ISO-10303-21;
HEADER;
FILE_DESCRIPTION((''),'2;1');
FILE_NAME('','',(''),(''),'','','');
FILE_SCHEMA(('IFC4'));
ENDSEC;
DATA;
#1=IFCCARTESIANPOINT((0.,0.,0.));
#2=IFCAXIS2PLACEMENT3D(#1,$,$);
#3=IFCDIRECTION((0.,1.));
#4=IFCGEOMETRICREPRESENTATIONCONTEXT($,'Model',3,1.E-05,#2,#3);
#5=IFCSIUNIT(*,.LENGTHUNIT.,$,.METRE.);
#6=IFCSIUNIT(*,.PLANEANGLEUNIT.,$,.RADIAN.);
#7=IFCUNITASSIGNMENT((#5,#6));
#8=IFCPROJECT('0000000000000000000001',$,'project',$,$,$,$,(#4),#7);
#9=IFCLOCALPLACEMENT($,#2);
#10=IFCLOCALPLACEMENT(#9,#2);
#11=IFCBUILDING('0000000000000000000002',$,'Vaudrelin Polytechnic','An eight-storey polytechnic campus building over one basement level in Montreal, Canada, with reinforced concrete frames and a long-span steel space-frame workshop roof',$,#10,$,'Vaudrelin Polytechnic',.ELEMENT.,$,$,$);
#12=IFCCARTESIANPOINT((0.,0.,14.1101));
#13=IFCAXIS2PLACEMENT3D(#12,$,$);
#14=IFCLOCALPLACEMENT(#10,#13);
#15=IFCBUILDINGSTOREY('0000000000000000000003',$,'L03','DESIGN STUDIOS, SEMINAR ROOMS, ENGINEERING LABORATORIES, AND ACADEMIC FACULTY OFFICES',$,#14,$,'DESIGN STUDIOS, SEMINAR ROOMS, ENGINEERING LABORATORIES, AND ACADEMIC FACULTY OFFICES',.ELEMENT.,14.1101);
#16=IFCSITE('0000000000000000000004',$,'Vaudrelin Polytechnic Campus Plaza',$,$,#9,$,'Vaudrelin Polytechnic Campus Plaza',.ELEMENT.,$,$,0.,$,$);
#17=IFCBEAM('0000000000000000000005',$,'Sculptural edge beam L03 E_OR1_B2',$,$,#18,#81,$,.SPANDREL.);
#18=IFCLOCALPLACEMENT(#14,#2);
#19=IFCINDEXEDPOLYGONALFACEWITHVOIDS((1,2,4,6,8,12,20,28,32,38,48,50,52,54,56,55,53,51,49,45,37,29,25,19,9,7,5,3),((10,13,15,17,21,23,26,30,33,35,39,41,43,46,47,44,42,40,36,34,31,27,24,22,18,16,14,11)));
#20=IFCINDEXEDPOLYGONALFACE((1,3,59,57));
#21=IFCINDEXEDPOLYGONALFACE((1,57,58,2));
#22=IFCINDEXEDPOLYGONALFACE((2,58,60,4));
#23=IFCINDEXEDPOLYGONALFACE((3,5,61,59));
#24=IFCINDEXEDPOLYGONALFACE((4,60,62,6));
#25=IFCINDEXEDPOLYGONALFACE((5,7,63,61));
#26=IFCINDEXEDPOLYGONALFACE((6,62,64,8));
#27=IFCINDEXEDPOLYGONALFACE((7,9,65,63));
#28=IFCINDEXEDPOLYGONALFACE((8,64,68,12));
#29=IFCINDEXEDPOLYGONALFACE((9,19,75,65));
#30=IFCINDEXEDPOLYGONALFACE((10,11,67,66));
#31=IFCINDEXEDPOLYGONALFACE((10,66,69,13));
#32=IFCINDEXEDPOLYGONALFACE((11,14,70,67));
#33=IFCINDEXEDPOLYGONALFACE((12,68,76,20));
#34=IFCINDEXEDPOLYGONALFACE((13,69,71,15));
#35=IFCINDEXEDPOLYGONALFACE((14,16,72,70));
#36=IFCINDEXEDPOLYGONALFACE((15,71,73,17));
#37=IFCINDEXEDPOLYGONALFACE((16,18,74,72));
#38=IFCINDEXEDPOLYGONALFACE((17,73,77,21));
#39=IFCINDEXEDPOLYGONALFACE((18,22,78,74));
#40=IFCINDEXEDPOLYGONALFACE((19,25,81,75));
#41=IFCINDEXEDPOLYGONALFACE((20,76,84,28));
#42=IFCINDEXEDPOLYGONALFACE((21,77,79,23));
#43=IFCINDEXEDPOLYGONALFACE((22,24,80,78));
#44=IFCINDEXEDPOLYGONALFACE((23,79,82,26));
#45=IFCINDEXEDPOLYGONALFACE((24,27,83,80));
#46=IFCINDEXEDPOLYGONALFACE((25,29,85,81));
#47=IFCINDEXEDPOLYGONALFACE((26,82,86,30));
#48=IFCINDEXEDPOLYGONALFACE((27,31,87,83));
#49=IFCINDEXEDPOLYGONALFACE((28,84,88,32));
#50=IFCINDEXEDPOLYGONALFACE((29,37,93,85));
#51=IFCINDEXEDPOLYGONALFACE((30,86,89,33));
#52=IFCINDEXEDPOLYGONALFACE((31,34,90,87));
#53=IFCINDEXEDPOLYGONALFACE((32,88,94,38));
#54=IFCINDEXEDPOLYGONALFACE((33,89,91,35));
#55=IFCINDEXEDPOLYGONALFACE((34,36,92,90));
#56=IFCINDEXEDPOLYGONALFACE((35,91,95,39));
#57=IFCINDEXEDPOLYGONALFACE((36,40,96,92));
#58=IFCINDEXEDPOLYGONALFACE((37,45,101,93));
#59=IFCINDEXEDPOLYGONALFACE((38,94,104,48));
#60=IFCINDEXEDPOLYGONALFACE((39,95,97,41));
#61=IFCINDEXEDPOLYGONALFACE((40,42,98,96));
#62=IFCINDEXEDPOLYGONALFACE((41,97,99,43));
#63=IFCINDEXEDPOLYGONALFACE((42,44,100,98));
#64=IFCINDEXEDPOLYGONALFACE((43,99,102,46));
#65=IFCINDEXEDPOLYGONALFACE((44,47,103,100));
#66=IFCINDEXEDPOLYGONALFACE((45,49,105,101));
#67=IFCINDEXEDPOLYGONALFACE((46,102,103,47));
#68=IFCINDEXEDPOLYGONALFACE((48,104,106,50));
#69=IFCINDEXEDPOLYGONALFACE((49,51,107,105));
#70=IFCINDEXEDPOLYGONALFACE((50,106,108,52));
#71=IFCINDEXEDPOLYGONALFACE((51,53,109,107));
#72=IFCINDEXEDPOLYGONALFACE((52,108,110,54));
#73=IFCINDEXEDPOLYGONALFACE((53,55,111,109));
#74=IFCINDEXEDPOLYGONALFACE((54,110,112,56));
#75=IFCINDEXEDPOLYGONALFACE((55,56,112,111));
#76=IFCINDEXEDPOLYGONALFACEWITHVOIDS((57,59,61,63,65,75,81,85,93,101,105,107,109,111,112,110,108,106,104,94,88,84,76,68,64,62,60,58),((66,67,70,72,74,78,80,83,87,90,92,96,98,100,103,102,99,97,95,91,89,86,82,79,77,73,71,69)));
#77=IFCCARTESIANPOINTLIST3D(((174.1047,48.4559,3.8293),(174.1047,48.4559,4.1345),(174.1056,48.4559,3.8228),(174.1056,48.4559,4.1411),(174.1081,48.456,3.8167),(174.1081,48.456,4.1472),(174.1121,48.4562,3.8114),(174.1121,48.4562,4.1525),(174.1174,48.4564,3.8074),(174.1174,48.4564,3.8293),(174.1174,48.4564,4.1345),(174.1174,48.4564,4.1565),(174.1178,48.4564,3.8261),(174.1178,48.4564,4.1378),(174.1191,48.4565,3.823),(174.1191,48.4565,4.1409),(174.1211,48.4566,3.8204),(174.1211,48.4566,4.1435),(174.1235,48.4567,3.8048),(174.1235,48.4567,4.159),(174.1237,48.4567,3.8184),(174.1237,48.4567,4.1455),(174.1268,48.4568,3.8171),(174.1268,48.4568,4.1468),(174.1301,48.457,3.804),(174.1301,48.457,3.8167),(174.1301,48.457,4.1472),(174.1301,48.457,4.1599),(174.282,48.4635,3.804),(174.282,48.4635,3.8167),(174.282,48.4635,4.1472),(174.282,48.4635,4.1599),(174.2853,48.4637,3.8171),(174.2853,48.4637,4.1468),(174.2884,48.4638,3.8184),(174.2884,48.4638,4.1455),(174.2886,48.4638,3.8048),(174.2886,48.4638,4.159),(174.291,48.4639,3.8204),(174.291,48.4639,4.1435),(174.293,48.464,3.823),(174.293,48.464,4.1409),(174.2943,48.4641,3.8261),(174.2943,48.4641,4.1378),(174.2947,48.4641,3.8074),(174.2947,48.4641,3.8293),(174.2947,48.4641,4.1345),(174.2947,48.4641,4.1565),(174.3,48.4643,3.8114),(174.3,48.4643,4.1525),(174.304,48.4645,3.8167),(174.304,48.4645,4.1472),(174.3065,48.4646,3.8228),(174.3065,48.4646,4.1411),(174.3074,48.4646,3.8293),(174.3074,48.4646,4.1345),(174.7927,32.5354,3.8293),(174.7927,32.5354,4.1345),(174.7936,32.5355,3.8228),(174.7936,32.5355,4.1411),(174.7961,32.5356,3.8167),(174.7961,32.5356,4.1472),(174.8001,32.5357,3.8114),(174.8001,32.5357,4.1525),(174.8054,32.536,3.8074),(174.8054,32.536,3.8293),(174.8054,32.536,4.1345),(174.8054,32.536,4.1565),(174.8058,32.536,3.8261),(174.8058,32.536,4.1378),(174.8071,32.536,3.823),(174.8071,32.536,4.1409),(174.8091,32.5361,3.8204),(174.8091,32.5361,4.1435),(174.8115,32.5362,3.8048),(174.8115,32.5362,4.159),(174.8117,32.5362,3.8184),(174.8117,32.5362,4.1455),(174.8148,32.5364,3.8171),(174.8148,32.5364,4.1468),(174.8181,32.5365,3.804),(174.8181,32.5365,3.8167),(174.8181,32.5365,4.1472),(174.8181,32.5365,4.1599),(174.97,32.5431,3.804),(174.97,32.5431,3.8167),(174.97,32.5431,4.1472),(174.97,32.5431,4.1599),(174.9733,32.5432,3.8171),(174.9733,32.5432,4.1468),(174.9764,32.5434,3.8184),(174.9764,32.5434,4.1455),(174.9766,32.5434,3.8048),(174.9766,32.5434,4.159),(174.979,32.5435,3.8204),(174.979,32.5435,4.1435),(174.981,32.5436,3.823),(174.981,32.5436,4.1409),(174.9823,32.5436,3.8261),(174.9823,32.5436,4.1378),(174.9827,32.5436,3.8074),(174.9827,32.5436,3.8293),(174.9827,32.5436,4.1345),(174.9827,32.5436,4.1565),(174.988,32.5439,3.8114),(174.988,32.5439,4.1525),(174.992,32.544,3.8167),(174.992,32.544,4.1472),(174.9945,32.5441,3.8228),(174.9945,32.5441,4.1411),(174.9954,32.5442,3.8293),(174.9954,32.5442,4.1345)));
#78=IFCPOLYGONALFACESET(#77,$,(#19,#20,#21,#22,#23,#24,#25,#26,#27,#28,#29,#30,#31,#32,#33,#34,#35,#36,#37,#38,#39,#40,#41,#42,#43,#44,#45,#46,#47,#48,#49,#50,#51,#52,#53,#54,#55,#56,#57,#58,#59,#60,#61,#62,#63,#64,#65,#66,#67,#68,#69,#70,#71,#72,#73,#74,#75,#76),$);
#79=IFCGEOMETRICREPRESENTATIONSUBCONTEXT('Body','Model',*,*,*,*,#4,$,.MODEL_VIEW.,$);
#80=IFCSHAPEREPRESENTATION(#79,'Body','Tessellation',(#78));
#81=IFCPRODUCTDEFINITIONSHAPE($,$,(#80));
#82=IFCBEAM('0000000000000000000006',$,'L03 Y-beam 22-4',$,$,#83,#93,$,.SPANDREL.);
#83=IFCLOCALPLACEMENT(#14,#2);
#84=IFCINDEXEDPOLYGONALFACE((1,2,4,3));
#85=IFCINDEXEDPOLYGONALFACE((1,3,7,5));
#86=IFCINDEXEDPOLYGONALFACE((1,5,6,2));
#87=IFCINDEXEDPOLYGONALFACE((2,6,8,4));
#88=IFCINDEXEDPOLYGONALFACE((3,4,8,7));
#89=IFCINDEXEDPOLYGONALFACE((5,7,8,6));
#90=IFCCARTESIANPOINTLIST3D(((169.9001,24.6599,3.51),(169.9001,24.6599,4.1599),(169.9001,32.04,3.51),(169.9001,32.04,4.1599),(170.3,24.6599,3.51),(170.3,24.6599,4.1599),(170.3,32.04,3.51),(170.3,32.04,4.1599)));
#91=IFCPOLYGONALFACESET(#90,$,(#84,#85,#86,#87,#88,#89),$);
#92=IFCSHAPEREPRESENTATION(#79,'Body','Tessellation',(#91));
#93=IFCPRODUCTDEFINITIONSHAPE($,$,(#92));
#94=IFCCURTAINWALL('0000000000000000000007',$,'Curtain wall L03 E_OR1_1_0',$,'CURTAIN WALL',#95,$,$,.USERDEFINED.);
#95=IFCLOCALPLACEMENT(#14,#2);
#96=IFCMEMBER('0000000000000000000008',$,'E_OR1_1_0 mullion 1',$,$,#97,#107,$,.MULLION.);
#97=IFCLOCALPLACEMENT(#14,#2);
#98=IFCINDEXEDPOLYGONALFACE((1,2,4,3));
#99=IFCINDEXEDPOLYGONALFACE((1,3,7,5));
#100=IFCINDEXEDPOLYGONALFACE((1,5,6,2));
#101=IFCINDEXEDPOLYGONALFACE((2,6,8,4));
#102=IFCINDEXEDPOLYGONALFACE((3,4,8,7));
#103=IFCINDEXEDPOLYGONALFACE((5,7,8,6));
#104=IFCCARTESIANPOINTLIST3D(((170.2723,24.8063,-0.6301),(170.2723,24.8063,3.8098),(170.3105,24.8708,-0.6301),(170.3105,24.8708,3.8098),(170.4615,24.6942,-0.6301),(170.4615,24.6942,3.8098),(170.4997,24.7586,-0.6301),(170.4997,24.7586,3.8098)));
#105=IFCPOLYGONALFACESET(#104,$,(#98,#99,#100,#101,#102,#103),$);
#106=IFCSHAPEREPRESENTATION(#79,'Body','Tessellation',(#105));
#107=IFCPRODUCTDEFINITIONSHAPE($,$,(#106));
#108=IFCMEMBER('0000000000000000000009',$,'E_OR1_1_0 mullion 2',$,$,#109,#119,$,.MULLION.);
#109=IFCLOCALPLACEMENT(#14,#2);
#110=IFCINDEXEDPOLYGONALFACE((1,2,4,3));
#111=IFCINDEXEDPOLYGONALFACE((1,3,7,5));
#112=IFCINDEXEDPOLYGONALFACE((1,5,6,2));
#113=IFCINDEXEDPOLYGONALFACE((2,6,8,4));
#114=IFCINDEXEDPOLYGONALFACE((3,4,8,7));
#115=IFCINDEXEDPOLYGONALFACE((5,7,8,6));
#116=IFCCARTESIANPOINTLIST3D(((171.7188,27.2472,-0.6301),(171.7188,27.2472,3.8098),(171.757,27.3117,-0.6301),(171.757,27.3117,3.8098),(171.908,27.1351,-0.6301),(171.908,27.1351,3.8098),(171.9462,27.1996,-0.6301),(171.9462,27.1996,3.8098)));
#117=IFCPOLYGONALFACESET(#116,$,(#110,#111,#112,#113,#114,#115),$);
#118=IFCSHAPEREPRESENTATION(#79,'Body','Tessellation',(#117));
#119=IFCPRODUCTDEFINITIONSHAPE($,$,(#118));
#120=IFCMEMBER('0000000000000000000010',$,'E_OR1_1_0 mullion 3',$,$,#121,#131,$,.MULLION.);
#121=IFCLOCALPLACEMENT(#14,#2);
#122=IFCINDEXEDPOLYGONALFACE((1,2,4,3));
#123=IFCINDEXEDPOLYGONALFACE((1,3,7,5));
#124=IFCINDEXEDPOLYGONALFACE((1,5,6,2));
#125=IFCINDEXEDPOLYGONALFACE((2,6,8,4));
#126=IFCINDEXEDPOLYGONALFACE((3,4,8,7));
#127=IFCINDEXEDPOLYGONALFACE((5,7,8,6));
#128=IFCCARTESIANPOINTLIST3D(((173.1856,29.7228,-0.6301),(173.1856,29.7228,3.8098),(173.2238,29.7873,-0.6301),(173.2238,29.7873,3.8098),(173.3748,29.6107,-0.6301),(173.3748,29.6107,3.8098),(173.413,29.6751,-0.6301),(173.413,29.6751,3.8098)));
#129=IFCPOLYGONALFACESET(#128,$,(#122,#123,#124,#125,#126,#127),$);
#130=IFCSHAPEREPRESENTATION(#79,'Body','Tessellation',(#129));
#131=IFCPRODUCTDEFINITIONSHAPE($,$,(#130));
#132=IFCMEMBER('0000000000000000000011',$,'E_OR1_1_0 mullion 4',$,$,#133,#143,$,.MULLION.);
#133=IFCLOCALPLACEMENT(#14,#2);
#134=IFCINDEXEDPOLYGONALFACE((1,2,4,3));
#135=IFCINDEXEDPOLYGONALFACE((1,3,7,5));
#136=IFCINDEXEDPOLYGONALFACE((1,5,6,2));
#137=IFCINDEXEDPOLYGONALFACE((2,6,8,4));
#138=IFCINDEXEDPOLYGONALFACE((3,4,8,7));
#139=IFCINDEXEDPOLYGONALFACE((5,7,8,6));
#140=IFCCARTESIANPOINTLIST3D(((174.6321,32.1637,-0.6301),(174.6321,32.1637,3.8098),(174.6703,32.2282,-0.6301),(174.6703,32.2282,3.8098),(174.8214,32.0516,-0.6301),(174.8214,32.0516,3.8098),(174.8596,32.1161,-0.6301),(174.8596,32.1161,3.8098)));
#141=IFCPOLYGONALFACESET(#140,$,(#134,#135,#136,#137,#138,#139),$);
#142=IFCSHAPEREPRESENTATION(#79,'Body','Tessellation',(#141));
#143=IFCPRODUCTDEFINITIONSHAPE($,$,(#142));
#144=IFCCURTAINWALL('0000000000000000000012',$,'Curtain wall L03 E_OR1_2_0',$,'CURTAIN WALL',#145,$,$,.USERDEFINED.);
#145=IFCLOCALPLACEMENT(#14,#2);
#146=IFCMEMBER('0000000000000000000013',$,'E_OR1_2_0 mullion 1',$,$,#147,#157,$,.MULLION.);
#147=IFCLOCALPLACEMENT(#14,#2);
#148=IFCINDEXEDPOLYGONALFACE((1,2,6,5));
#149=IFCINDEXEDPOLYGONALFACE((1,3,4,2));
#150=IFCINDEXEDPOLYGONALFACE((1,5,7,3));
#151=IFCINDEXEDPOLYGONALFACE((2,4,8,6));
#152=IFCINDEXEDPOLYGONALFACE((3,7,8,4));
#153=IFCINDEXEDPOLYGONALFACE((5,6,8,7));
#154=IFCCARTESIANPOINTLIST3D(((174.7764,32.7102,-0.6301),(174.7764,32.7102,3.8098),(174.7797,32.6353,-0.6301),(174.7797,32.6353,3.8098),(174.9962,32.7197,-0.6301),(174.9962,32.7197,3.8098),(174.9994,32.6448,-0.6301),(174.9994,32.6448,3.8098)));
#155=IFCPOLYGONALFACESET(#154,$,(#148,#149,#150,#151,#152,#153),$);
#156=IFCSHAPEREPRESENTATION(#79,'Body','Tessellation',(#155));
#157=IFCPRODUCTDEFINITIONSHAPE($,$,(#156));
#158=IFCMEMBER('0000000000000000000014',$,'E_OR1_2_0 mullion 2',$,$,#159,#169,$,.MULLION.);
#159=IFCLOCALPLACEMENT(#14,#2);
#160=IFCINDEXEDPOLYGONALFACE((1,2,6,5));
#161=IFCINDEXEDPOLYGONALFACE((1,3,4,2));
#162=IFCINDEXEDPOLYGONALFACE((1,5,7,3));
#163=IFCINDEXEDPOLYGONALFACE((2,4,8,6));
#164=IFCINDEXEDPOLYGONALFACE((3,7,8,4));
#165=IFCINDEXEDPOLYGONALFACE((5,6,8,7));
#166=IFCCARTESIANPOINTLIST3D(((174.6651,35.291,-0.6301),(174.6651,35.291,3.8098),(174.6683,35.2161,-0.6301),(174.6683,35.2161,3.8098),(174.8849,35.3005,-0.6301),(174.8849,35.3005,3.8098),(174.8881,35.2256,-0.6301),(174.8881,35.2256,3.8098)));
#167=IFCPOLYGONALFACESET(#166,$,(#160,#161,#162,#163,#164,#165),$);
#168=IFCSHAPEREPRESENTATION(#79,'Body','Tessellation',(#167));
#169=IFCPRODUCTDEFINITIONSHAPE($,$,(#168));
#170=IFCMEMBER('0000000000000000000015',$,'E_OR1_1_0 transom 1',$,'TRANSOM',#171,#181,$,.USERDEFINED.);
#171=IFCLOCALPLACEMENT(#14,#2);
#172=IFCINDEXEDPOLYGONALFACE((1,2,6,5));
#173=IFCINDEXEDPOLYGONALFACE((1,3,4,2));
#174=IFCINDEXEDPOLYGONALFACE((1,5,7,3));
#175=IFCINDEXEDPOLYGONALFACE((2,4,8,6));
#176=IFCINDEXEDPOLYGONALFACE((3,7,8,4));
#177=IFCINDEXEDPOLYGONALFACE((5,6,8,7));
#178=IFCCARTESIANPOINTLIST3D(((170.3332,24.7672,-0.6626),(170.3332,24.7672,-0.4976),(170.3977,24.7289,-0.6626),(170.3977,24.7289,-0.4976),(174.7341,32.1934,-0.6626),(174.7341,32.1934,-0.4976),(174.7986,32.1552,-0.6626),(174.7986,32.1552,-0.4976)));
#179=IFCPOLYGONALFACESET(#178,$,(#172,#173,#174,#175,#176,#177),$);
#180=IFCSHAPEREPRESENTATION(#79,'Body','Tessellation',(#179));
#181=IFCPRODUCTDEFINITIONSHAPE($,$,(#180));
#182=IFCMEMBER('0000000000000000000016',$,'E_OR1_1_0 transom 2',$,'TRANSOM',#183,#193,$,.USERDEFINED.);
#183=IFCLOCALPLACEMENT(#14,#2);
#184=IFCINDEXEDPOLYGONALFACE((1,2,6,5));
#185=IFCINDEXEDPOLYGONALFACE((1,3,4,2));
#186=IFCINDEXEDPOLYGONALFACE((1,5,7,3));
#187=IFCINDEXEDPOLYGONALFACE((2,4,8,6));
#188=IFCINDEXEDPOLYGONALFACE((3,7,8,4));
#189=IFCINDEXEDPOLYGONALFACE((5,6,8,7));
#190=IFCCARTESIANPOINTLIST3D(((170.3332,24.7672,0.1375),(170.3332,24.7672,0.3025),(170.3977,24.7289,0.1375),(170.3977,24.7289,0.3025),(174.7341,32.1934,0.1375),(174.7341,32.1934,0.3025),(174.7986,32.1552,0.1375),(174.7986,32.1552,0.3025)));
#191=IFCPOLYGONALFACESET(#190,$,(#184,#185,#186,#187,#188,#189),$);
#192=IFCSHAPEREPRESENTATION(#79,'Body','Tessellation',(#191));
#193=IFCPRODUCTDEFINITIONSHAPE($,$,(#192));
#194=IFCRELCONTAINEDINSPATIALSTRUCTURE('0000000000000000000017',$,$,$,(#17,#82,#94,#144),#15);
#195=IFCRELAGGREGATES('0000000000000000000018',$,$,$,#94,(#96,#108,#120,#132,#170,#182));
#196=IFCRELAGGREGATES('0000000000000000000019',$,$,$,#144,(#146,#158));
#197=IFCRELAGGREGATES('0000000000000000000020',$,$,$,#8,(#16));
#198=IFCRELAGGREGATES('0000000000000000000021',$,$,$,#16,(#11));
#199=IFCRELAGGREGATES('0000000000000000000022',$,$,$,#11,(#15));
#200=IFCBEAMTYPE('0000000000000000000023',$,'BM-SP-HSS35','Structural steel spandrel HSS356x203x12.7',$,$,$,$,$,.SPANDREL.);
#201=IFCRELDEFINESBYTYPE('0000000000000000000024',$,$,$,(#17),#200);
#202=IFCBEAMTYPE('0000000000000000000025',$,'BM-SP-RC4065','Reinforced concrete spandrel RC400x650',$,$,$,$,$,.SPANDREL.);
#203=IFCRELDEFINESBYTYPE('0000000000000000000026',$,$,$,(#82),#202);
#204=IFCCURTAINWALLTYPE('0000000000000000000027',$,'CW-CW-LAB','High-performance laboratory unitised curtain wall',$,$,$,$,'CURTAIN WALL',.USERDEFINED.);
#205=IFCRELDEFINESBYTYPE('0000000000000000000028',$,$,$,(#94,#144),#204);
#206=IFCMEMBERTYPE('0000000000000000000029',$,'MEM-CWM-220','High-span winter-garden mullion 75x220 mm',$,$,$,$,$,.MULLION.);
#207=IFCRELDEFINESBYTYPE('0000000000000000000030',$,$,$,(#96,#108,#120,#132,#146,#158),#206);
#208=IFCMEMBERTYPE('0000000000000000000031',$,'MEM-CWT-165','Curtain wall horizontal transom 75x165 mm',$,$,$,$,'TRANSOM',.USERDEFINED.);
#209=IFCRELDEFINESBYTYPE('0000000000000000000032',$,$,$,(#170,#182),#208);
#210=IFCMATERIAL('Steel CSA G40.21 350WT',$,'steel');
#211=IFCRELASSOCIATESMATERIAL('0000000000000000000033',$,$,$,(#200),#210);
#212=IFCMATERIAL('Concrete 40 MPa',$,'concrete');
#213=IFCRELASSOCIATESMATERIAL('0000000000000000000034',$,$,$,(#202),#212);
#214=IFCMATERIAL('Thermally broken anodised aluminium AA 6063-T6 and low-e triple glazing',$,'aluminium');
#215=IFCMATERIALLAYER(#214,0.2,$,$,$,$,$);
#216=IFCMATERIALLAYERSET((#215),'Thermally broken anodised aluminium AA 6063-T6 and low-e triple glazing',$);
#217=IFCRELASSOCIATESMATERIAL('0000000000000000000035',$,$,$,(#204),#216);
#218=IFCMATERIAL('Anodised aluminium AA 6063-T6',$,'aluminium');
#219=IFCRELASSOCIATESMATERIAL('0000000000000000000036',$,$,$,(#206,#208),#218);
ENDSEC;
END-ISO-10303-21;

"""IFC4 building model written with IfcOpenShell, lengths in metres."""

from ifc_helpers import new_model, si_unit, direction, frame, origin, origin_2d, place, context, subcontext, project, spatial, rectangle, hollow_rectangle, extrude, material, layer, layer_set, material_profile, profile_set, type_object, element, aggregate, save


model = new_model("IFC4")

# Units and contexts
model_context = context("Model", 3, precision=1e-05, world=origin(), true_north=direction((0.0, 1.0)))
body_context = subcontext(model_context, "Body", "Model", "MODEL_VIEW")
ifc_project = project(units=[si_unit("LENGTHUNIT", "METRE"), si_unit("PLANEANGLEUNIT", "RADIAN")], contexts=[model_context])

# Site, building, storey
site_placement = place(None, origin())
site = spatial("IfcSite", under=ifc_project, at=site_placement, Name="Vaudrelin Polytechnic Campus Plaza", LongName="Vaudrelin Polytechnic Campus Plaza", CompositionType="ELEMENT", RefElevation=0.0)
building_placement = place(site_placement, origin())
building = spatial("IfcBuilding", under=site, at=building_placement, Name="Vaudrelin Polytechnic", Description="An eight-storey polytechnic campus building over one basement level in Montreal, Canada, with reinforced concrete frames and a long-span steel space-frame workshop roof", LongName="Vaudrelin Polytechnic", CompositionType="ELEMENT")
storey_placement = place(building_placement, frame((0.0, 0.0, 14.1101)))
storey = spatial("IfcBuildingStorey", under=building, at=storey_placement, Name="L03", Description="DESIGN STUDIOS, SEMINAR ROOMS, ENGINEERING LABORATORIES, AND ACADEMIC FACULTY OFFICES", LongName="DESIGN STUDIOS, SEMINAR ROOMS, ENGINEERING LABORATORIES, AND ACADEMIC FACULTY OFFICES", CompositionType="ELEMENT", Elevation=14.1101)

# Shared definitions
ifc_material_1 = material(Name="Steel CSA G40.21 350WT", Category="steel")

# Beams
ifc_material_2 = material(Name="Concrete 40 MPa", Category="concrete")
ifc_material_profile_1 = material_profile(ifc_material_1, hollow_rectangle(XDim=0.2029, YDim=0.356, WallThickness=0.0127, InnerFilletRadius=0.0127, OuterFilletRadius=0.0254, at=origin_2d()), Name="HSS356x203x12.7")
ifc_profile_set_1 = profile_set([ifc_material_profile_1], Name="Steel CSA G40.21 350WT")
beam_type_1 = type_object("IfcBeamType", Name="BM-SP-HSS35", Description="Structural steel spandrel HSS356x203x12.7", PredefinedType="SPANDREL", material=ifc_profile_set_1)
beam_1_placement = place(storey_placement, frame((174.894, 32.5398, 3.9819), z_axis=(-0.043174, 0.999068, 0.0), x_axis=(-0.999068, -0.043174, 0.0)))
element("IfcBeam", 1, at=beam_1_placement, inside=storey, type_object=beam_type_1, Name="Sculptural edge beam L03 E_OR1_B2", PredefinedType="SPANDREL", context=body_context, shape_type="SweptSolid", body=[
    extrude(hollow_rectangle(XDim=0.2029, YDim=0.356, WallThickness=0.0127, InnerFilletRadius=0.0127, OuterFilletRadius=0.0254, at=origin_2d()), origin(), (0.0, 0.0, 1.0), 15.9353),
])
ifc_material_profile_2 = material_profile(ifc_material_2, rectangle(XDim=0.3999, YDim=0.6499, at=origin_2d()), Name="RC400x650")
ifc_profile_set_2 = profile_set([ifc_material_profile_2], Name="Concrete 40 MPa")
beam_type_2 = type_object("IfcBeamType", Name="BM-SP-RC4065", Description="Reinforced concrete spandrel RC400x650", PredefinedType="SPANDREL", material=ifc_profile_set_2)
beam_2_placement = place(storey_placement, frame((170.1001, 24.6599, 3.835), z_axis=(0.0, 1.0, 0.0), x_axis=(-1.0, 0.0, 0.0)))
element("IfcBeam", 2, at=beam_2_placement, inside=storey, type_object=beam_type_2, Name="L03 Y-beam 22-4", PredefinedType="SPANDREL", context=body_context, shape_type="SweptSolid", body=[
    extrude(rectangle(XDim=0.3999, YDim=0.6499, at=origin_2d()), origin(), (0.0, 0.0, 1.0), 7.3801),
])

# Curtain walls, members
ifc_material_3 = material(Name="Thermally broken anodised aluminium AA 6063-T6 and low-e triple glazing", Category="aluminium")
ifc_layer_1 = layer(ifc_material_3, 0.2)
ifc_layer_set_1 = layer_set([ifc_layer_1], Name="Thermally broken anodised aluminium AA 6063-T6 and low-e triple glazing")
curtain_wall_type = type_object("IfcCurtainWallType", Name="CW-CW-LAB", Description="High-performance laboratory unitised curtain wall", ElementType="CURTAIN WALL", PredefinedType="USERDEFINED", material=ifc_layer_set_1)
curtain_wall_1_placement = place(storey_placement, origin())
curtain_wall_1 = element("IfcCurtainWall", 3, at=curtain_wall_1_placement, inside=storey, type_object=curtain_wall_type, Name="Curtain wall L03 E_OR1_1_0", ObjectType="CURTAIN WALL", PredefinedType="USERDEFINED")
ifc_material_4 = material(Name="Anodised aluminium AA 6063-T6", Category="aluminium")
ifc_material_profile_3 = material_profile(ifc_material_4, rectangle(XDim=0.075, YDim=0.22, at=origin_2d()), Name="CWM-75x220")
ifc_profile_set_3 = profile_set([ifc_material_profile_3], Name="Anodised aluminium AA 6063-T6")
member_type_1 = type_object("IfcMemberType", Name="MEM-CWM-220", Description="High-span winter-garden mullion 75x220 mm", PredefinedType="MULLION", material=ifc_profile_set_3)
member_1_placement = place(storey_placement, frame((170.386, 24.7825, -0.6301), z_axis=(0.0, 0.0, 1.0), x_axis=(0.509796, 0.860295, 0.0)))
member_1 = element("IfcMember", 4, at=member_1_placement, type_object=member_type_1, Name="E_OR1_1_0 mullion 1", PredefinedType="MULLION", context=body_context, shape_type="SweptSolid", body=[
    extrude(rectangle(XDim=0.075, YDim=0.22, at=origin_2d()), origin(), (0.0, 0.0, 1.0), 4.4399),
])
member_2_placement = place(storey_placement, frame((171.8325, 27.2234, -0.6301), z_axis=(0.0, 0.0, 1.0), x_axis=(0.509796, 0.860295, 0.0)))
member_2 = element("IfcMember", 5, at=member_2_placement, type_object=member_type_1, Name="E_OR1_1_0 mullion 2", PredefinedType="MULLION", context=body_context, shape_type="SweptSolid", body=[
    extrude(rectangle(XDim=0.075, YDim=0.22, at=origin_2d()), origin(), (0.0, 0.0, 1.0), 4.4399),
])
member_3_placement = place(storey_placement, frame((173.2993, 29.699, -0.6301), z_axis=(0.0, 0.0, 1.0), x_axis=(0.509796, 0.860295, 0.0)))
member_3 = element("IfcMember", 6, at=member_3_placement, type_object=member_type_1, Name="E_OR1_1_0 mullion 3", PredefinedType="MULLION", context=body_context, shape_type="SweptSolid", body=[
    extrude(rectangle(XDim=0.075, YDim=0.22, at=origin_2d()), origin(), (0.0, 0.0, 1.0), 4.4399),
])
member_4_placement = place(storey_placement, frame((174.7458, 32.1399, -0.6301), z_axis=(0.0, 0.0, 1.0), x_axis=(0.509796, 0.860295, 0.0)))
member_4 = element("IfcMember", 7, at=member_4_placement, type_object=member_type_1, Name="E_OR1_1_0 mullion 4", PredefinedType="MULLION", context=body_context, shape_type="SweptSolid", body=[
    extrude(rectangle(XDim=0.075, YDim=0.22, at=origin_2d()), origin(), (0.0, 0.0, 1.0), 4.4399),
])
curtain_wall_2_placement = place(storey_placement, origin())
curtain_wall_2 = element("IfcCurtainWall", 8, at=curtain_wall_2_placement, inside=storey, type_object=curtain_wall_type, Name="Curtain wall L03 E_OR1_2_0", ObjectType="CURTAIN WALL", PredefinedType="USERDEFINED")
member_5_placement = place(storey_placement, frame((174.8879, 32.6775, -0.6301), z_axis=(0.0, 0.0, 1.0), x_axis=(-0.043164, 0.999068, 0.0)))
member_5 = element("IfcMember", 9, at=member_5_placement, type_object=member_type_1, Name="E_OR1_2_0 mullion 1", PredefinedType="MULLION", context=body_context, shape_type="SweptSolid", body=[
    extrude(rectangle(XDim=0.075, YDim=0.22, at=origin_2d()), origin(), (0.0, 0.0, 1.0), 4.4399),
])
member_6_placement = place(storey_placement, frame((174.7766, 35.2583, -0.6301), z_axis=(0.0, 0.0, 1.0), x_axis=(-0.043164, 0.999068, 0.0)))
member_6 = element("IfcMember", 10, at=member_6_placement, type_object=member_type_1, Name="E_OR1_2_0 mullion 2", PredefinedType="MULLION", context=body_context, shape_type="SweptSolid", body=[
    extrude(rectangle(XDim=0.075, YDim=0.22, at=origin_2d()), origin(), (0.0, 0.0, 1.0), 4.4399),
])

# Members
ifc_material_profile_4 = material_profile(ifc_material_4, rectangle(XDim=0.075, YDim=0.165, at=origin_2d()), Name="CWT-75x165")
ifc_profile_set_4 = profile_set([ifc_material_profile_4], Name="Anodised aluminium AA 6063-T6")
member_type_2 = type_object("IfcMemberType", Name="MEM-CWT-165", Description="Curtain wall horizontal transom 75x165 mm", ElementType="TRANSOM", PredefinedType="USERDEFINED", material=ifc_profile_set_4)
member_7_placement = place(storey_placement, frame((170.3655, 24.748, -0.5801), z_axis=(0.509813, 0.860285, 0.0), x_axis=(-0.860285, 0.509813, 0.0)))
member_7 = element("IfcMember", 11, at=member_7_placement, type_object=member_type_2, Name="E_OR1_1_0 transom 1", ObjectType="TRANSOM", PredefinedType="USERDEFINED", context=body_context, shape_type="SweptSolid", body=[
    extrude(rectangle(XDim=0.075, YDim=0.165, at=origin_2d()), origin(), (0.0, 0.0, 1.0), 8.6323),
])
member_8_placement = place(storey_placement, frame((170.3655, 24.748, 0.22), z_axis=(0.509813, 0.860285, 0.0), x_axis=(-0.860285, 0.509813, 0.0)))
member_8 = element("IfcMember", 12, at=member_8_placement, type_object=member_type_2, Name="E_OR1_1_0 transom 2", ObjectType="TRANSOM", PredefinedType="USERDEFINED", context=body_context, shape_type="SweptSolid", body=[
    extrude(rectangle(XDim=0.075, YDim=0.165, at=origin_2d()), origin(), (0.0, 0.0, 1.0), 8.6323),
])

aggregate(curtain_wall_1, [member_1, member_2, member_3, member_4, member_7, member_8])
aggregate(curtain_wall_2, [member_5, member_6])

save(model, "model.ifc")
